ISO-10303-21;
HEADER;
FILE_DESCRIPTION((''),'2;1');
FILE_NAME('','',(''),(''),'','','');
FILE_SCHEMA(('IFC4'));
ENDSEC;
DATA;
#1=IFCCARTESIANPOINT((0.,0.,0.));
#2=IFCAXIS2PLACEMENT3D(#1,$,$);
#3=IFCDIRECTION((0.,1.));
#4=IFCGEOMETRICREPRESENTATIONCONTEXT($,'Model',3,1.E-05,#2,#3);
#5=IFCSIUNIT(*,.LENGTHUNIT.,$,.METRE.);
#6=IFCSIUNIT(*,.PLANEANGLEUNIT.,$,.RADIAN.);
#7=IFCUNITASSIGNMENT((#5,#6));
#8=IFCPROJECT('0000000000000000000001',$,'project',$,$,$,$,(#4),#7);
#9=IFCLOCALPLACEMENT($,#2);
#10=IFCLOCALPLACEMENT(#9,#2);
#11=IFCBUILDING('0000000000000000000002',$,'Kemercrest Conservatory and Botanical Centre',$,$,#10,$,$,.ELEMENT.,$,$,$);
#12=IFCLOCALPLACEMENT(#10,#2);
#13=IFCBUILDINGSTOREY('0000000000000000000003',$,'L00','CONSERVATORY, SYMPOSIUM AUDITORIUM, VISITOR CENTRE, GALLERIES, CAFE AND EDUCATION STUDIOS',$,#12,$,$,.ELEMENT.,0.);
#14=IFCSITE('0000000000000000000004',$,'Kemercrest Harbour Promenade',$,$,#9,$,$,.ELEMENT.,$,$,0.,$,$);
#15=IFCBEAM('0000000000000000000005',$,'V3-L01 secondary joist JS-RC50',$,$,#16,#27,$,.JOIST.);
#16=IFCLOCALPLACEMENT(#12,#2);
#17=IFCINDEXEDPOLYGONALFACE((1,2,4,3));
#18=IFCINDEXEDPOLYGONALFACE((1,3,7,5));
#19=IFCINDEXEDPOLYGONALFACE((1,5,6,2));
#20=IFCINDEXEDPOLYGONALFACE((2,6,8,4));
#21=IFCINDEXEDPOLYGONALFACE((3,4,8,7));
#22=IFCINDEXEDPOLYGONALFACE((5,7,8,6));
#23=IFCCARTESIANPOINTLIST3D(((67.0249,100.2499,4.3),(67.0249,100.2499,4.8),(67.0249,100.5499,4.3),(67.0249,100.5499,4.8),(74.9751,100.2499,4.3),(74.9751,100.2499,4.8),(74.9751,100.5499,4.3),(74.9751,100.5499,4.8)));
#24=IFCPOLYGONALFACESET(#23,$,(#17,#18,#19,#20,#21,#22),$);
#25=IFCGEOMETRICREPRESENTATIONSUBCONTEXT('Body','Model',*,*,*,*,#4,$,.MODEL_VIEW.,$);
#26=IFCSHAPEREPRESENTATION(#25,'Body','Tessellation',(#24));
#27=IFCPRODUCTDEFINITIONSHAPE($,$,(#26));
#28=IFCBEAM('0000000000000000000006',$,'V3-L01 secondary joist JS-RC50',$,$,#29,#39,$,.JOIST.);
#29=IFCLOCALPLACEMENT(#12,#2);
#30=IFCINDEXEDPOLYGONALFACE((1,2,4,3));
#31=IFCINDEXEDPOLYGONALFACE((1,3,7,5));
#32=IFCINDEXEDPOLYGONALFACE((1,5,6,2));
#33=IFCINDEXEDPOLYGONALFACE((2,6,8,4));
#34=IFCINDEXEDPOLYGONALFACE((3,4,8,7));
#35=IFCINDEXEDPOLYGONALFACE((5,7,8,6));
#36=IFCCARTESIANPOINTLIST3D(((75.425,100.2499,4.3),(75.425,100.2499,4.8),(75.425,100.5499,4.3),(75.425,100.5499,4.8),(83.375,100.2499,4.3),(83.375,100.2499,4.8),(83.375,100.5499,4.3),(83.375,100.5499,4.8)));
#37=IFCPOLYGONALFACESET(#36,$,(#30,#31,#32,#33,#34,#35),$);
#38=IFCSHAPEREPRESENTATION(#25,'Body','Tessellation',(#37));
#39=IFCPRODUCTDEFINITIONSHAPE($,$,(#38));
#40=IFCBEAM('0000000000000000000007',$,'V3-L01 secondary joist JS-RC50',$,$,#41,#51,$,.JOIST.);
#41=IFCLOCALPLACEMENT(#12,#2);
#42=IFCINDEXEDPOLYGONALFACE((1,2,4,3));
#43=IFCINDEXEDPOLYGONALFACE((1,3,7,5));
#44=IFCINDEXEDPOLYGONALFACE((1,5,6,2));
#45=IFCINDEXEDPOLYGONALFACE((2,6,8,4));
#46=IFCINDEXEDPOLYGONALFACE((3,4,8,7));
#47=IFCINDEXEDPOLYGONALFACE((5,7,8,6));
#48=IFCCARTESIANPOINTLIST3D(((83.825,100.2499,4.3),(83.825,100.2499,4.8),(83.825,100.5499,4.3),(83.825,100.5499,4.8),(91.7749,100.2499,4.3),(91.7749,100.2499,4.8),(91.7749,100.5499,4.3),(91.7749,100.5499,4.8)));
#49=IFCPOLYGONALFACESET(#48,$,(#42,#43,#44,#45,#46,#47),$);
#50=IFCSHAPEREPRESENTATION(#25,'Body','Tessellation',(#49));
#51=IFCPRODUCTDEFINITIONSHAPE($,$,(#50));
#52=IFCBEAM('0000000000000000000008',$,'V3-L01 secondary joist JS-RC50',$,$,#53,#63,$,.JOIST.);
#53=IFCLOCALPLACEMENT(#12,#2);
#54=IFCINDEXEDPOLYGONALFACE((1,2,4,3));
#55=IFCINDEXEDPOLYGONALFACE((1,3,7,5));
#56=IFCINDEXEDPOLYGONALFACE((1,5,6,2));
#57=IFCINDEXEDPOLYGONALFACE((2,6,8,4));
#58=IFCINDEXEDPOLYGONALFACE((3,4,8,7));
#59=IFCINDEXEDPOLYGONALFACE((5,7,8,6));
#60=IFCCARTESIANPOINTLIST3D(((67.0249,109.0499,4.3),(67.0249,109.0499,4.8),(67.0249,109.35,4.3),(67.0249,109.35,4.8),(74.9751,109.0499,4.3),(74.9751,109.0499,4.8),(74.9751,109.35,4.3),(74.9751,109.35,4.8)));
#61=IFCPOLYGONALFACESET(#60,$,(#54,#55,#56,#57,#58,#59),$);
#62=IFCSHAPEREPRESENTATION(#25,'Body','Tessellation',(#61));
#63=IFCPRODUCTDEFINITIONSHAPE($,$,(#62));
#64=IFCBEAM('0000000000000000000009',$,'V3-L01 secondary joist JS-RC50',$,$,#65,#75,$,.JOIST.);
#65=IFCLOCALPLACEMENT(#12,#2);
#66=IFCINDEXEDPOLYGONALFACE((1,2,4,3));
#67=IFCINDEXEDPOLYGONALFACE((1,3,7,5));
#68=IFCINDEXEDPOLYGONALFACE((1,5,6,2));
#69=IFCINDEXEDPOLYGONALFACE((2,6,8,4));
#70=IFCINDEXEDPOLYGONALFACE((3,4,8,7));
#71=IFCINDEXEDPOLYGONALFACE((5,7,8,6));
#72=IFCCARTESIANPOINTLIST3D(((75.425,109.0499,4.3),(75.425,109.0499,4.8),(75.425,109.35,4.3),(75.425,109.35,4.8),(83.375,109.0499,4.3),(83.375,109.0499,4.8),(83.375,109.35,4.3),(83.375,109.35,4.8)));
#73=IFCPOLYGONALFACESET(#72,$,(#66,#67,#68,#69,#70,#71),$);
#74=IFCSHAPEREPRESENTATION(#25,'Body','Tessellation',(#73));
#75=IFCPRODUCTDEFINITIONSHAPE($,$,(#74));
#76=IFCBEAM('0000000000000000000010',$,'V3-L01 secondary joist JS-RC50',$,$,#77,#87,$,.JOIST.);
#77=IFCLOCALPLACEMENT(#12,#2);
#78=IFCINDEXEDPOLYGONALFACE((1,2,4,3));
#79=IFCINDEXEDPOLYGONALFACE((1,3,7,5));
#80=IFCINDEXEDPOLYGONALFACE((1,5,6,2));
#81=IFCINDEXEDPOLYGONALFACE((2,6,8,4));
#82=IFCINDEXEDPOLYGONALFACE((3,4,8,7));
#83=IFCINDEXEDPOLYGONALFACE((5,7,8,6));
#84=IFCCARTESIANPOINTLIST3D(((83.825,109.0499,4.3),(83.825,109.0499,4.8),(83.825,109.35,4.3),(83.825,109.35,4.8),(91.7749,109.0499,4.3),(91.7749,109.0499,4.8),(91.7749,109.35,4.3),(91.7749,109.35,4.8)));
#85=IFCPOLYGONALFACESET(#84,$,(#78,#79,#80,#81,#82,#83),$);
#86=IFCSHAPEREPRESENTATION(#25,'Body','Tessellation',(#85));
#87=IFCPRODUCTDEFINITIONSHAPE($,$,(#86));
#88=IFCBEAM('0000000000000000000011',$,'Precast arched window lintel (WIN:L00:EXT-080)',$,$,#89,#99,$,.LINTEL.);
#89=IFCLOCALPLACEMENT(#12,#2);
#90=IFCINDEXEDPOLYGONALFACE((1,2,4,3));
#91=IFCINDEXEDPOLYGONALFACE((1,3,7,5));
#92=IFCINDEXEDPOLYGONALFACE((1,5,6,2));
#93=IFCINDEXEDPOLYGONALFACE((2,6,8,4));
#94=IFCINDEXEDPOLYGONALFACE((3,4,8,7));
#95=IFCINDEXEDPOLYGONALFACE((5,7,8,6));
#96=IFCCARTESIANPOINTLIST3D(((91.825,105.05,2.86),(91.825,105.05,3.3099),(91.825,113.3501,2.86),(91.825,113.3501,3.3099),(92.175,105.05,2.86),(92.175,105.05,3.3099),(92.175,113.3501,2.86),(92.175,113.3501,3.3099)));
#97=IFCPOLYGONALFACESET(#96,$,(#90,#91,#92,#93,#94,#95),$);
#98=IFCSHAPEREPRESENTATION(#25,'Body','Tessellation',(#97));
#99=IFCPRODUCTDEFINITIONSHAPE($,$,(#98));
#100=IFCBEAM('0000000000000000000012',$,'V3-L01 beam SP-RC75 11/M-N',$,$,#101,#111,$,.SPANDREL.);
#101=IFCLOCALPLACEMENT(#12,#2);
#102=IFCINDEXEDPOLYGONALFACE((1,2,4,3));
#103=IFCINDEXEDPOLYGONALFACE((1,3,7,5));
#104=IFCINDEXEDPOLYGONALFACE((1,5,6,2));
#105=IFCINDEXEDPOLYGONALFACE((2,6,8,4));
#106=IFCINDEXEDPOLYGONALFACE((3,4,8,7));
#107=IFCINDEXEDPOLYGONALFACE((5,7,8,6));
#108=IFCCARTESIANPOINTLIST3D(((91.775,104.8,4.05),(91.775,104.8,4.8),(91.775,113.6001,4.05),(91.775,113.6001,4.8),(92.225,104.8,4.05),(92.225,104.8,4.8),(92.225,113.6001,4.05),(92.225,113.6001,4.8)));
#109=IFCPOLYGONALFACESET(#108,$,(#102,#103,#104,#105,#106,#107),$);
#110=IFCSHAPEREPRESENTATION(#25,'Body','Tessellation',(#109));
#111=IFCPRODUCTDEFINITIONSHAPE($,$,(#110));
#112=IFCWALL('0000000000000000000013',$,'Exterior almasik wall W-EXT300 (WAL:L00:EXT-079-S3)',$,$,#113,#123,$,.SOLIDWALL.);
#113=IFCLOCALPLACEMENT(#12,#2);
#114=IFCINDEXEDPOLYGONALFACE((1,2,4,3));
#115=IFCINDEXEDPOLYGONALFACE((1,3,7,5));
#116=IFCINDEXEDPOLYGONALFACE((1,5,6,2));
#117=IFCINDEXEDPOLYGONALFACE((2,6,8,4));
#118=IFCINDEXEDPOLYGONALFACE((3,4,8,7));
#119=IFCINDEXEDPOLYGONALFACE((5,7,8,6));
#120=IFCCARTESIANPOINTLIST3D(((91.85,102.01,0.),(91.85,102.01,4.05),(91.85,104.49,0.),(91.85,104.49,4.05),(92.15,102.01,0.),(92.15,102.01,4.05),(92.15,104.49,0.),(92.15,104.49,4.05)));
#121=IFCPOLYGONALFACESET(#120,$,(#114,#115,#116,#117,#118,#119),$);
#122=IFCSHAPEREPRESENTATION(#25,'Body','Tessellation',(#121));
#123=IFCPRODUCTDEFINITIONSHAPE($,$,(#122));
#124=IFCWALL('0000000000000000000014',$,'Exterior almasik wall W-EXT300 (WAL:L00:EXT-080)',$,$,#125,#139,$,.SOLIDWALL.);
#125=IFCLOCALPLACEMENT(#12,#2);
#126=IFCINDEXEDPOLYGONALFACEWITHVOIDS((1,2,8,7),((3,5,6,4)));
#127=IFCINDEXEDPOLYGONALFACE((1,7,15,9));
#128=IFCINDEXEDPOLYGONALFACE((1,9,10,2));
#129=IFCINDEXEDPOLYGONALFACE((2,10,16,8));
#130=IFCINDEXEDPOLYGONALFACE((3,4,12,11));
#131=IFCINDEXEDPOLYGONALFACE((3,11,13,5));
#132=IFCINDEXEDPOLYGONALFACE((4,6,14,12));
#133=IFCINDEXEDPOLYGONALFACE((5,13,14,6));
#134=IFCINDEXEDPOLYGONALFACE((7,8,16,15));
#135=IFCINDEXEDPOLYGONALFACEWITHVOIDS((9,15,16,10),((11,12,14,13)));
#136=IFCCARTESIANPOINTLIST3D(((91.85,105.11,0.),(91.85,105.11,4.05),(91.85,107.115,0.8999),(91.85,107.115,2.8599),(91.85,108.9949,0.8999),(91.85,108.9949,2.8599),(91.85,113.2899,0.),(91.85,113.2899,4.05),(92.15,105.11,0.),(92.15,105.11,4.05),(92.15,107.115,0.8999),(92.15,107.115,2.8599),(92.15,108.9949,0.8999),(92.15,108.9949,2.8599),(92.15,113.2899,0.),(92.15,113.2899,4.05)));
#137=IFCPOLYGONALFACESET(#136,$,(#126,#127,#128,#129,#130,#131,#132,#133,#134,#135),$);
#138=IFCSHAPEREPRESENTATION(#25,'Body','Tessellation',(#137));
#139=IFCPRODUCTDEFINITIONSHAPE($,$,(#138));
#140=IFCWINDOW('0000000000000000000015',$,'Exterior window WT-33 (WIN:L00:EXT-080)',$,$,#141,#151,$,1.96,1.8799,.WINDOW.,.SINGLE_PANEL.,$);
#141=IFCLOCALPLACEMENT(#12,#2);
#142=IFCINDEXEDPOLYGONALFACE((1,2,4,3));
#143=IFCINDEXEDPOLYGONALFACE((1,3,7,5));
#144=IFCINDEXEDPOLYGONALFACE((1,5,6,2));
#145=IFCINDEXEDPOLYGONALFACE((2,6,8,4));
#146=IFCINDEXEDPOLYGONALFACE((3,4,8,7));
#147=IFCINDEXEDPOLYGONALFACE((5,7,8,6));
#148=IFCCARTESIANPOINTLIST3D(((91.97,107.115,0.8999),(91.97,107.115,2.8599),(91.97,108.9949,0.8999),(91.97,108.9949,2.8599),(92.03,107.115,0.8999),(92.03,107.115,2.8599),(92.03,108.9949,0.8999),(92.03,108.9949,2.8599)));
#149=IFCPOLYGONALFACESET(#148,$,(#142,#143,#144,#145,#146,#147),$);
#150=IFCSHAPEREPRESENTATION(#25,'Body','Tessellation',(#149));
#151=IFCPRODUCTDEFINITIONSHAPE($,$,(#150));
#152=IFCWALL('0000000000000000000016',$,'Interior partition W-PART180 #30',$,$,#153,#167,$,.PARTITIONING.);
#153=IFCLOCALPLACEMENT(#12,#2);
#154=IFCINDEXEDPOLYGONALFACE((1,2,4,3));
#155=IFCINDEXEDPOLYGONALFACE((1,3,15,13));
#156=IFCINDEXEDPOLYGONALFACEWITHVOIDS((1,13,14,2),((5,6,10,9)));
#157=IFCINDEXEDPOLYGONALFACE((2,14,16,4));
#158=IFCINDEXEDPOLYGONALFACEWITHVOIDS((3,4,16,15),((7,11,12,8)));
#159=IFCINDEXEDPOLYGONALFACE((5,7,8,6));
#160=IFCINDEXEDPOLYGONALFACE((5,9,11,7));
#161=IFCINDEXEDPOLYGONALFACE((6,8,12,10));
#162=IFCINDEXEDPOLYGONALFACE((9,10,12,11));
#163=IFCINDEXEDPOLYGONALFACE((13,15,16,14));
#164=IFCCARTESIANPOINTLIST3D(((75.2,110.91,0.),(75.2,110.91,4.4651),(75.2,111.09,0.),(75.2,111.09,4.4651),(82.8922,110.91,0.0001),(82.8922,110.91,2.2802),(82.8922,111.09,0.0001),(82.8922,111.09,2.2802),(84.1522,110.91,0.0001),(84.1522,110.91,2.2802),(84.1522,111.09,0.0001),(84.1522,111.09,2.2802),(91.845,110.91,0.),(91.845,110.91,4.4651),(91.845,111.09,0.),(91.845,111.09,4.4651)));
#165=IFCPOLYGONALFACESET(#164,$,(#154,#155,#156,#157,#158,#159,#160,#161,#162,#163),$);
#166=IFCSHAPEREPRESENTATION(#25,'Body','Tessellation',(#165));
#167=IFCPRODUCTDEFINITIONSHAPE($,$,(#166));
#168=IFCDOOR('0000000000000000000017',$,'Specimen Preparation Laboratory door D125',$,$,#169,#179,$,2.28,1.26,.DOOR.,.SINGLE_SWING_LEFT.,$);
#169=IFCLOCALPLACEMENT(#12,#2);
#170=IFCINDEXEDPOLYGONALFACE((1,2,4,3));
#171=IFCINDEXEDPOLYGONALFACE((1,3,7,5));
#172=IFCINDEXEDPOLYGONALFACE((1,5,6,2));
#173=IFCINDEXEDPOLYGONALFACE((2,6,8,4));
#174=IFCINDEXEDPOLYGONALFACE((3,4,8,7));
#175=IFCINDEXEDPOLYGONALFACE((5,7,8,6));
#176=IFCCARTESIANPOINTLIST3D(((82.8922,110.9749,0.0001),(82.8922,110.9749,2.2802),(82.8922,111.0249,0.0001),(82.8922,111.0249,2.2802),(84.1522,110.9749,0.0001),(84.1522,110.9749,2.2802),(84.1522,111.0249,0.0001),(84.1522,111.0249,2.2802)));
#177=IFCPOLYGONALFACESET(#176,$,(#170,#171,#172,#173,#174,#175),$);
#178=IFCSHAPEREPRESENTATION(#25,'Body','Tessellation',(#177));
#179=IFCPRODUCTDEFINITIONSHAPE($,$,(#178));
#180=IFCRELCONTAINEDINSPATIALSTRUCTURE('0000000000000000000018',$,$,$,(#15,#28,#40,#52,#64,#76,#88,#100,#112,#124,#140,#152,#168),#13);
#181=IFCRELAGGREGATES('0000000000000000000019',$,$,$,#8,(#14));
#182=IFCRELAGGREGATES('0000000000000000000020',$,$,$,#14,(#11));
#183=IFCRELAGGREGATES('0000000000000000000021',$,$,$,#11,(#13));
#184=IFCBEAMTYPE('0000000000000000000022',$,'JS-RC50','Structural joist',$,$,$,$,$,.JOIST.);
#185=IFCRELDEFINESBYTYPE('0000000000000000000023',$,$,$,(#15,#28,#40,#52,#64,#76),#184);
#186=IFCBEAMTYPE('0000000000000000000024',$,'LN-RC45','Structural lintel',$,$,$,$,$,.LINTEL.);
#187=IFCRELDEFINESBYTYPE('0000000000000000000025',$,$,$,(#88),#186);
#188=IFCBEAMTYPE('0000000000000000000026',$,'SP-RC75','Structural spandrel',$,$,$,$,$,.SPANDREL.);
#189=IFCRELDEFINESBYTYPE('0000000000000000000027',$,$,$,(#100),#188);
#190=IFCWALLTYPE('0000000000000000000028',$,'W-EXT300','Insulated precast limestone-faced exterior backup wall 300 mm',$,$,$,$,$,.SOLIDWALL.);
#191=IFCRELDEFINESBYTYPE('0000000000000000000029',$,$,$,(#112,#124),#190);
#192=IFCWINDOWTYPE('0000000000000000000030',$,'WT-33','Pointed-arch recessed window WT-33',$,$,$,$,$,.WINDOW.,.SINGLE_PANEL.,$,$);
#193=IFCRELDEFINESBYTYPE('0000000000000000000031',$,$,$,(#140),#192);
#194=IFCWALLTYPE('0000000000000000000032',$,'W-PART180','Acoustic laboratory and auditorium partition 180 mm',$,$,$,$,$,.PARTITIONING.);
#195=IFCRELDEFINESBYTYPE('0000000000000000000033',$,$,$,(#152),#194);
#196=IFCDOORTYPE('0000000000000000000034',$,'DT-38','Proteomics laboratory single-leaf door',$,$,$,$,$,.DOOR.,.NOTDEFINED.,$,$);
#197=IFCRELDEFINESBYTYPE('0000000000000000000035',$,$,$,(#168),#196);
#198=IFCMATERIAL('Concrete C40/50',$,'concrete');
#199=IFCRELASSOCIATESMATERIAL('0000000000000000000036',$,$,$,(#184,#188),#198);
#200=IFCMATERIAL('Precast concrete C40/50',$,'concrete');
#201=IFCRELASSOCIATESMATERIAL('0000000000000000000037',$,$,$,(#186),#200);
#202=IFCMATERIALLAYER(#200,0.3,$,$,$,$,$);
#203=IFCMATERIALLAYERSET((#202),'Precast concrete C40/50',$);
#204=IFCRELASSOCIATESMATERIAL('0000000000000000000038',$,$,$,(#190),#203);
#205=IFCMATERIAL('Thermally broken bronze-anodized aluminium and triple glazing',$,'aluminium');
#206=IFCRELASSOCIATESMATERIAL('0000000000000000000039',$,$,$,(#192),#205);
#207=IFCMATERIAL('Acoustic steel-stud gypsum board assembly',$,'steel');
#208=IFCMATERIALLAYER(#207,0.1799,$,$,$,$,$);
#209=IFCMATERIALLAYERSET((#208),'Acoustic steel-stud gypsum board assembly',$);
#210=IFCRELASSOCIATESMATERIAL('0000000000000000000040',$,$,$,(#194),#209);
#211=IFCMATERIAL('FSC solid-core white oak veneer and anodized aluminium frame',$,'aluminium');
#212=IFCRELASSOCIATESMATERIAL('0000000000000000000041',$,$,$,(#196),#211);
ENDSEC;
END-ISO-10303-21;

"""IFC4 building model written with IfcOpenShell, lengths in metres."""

from ifc_helpers import new_model, si_unit, direction, frame, frame_2d, origin, origin_2d, place, context, subcontext, project, spatial, rectangle, extrude, material, layer, layer_set, material_profile, profile_set, type_object, element, fill, save


model = new_model("IFC4")

# Units and contexts
model_context = context("Model", 3, precision=1e-05, world=origin(), true_north=direction((0.0, 1.0)))
body_context = subcontext(model_context, "Body", "Model", "MODEL_VIEW")
ifc_project = project(units=[si_unit("LENGTHUNIT", "METRE"), si_unit("PLANEANGLEUNIT", "RADIAN")], contexts=[model_context])

# Site, building, storey
site_placement = place(None, origin())
site = spatial("IfcSite", under=ifc_project, at=site_placement, Name="Kemercrest Harbour Promenade", CompositionType="ELEMENT", RefElevation=0.0)
building_placement = place(site_placement, origin())
building = spatial("IfcBuilding", under=site, at=building_placement, Name="Kemercrest Conservatory and Botanical Centre", CompositionType="ELEMENT")
storey_placement = place(building_placement, origin())
storey = spatial("IfcBuildingStorey", under=building, at=storey_placement, Name="L00", Description="CONSERVATORY, SYMPOSIUM AUDITORIUM, VISITOR CENTRE, GALLERIES, CAFE AND EDUCATION STUDIOS", CompositionType="ELEMENT", Elevation=0.0)

# Shared definitions
ifc_material_1 = material(Name="Concrete C40/50", Category="concrete")

# Beams
ifc_material_profile_1 = material_profile(ifc_material_1, rectangle(XDim=0.3, YDim=0.5, at=origin_2d()), Name="RC 300x500")
ifc_profile_set_1 = profile_set([ifc_material_profile_1], Name="Concrete C40/50")
beam_type_1 = type_object("IfcBeamType", Name="JS-RC50", Description="Structural joist", PredefinedType="JOIST", material=ifc_profile_set_1)
beam_1_placement = place(storey_placement, frame((67.0249, 100.3999, 4.55), z_axis=(1.0, 0.0, 0.0), x_axis=(0.0, 1.0, 0.0)))
element("IfcBeam", 1, at=beam_1_placement, inside=storey, type_object=beam_type_1, Name="V3-L01 secondary joist JS-RC50", PredefinedType="JOIST", context=body_context, shape_type="SweptSolid", body=[
    extrude(rectangle(XDim=0.3, YDim=0.5, at=origin_2d()), origin(), (0.0, 0.0, 1.0), 7.9502),
])
for number, where, z_axis, x_axis, name in (
    (2, (75.425, 100.3999, 4.55), (1.0, 0.0, 0.0), (0.0, 1.0, 0.0), "V3-L01 secondary joist JS-RC50"),
    (3, (83.825, 100.3999, 4.55), (1.0, 0.0, 0.0), (0.0, 1.0, 0.0), "V3-L01 secondary joist JS-RC50"),
):
    element("IfcBeam", number, at=place(storey_placement, frame(where, z_axis=z_axis, x_axis=x_axis)), inside=storey, type_object=beam_type_1, Name=name, PredefinedType="JOIST", context=body_context, shape_type="SweptSolid", body=[
        extrude(rectangle(XDim=0.3, YDim=0.5, at=origin_2d()), origin(), (0.0, 0.0, 1.0), 7.95),
    ])
beam_2_placement = place(storey_placement, frame((67.0249, 109.2, 4.55), z_axis=(1.0, 0.0, 0.0), x_axis=(0.0, 1.0, 0.0)))
element("IfcBeam", 4, at=beam_2_placement, inside=storey, type_object=beam_type_1, Name="V3-L01 secondary joist JS-RC50", PredefinedType="JOIST", context=body_context, shape_type="SweptSolid", body=[
    extrude(rectangle(XDim=0.3, YDim=0.5, at=origin_2d()), origin(), (0.0, 0.0, 1.0), 7.9502),
])
for number, where, z_axis, x_axis, name in (
    (5, (75.425, 109.2, 4.55), (1.0, 0.0, 0.0), (0.0, 1.0, 0.0), "V3-L01 secondary joist JS-RC50"),
    (6, (83.825, 109.2, 4.55), (1.0, 0.0, 0.0), (0.0, 1.0, 0.0), "V3-L01 secondary joist JS-RC50"),
):
    element("IfcBeam", number, at=place(storey_placement, frame(where, z_axis=z_axis, x_axis=x_axis)), inside=storey, type_object=beam_type_1, Name=name, PredefinedType="JOIST", context=body_context, shape_type="SweptSolid", body=[
        extrude(rectangle(XDim=0.3, YDim=0.5, at=origin_2d()), origin(), (0.0, 0.0, 1.0), 7.95),
    ])
ifc_material_2 = material(Name="Precast concrete C40/50", Category="concrete")
ifc_material_profile_2 = material_profile(ifc_material_2, rectangle(XDim=0.3501, YDim=0.45, at=origin_2d()), Name="RC 350x450")
ifc_profile_set_2 = profile_set([ifc_material_profile_2], Name="Precast concrete C40/50")
beam_type_2 = type_object("IfcBeamType", Name="LN-RC45", Description="Structural lintel", PredefinedType="LINTEL", material=ifc_profile_set_2)
beam_3_placement = place(storey_placement, frame((92.0, 105.05, 3.085), z_axis=(0.0, 1.0, 0.0), x_axis=(-1.0, 0.0, 0.0)))
element("IfcBeam", 7, at=beam_3_placement, inside=storey, type_object=beam_type_2, Name="Precast arched window lintel (WIN:L00:EXT-080)", PredefinedType="LINTEL", context=body_context, shape_type="SweptSolid", body=[
    extrude(rectangle(XDim=0.3501, YDim=0.45, at=origin_2d()), origin(), (0.0, 0.0, 1.0), 8.3),
])
ifc_material_profile_3 = material_profile(ifc_material_1, rectangle(XDim=0.45, YDim=0.75, at=origin_2d()), Name="RC 450x750")
ifc_profile_set_3 = profile_set([ifc_material_profile_3], Name="Concrete C40/50")
beam_type_3 = type_object("IfcBeamType", Name="SP-RC75", Description="Structural spandrel", PredefinedType="SPANDREL", material=ifc_profile_set_3)
beam_4_placement = place(storey_placement, frame((92.0, 104.8, 4.425), z_axis=(0.0, 1.0, 0.0), x_axis=(-1.0, 0.0, 0.0)))
element("IfcBeam", 8, at=beam_4_placement, inside=storey, type_object=beam_type_3, Name="V3-L01 beam SP-RC75 11/M-N", PredefinedType="SPANDREL", context=body_context, shape_type="SweptSolid", body=[
    extrude(rectangle(XDim=0.45, YDim=0.75, at=origin_2d()), origin(), (0.0, 0.0, 1.0), 8.8),
])

# Wall
ifc_layer_1 = layer(ifc_material_2, 0.3)
ifc_layer_set_1 = layer_set([ifc_layer_1], Name="Precast concrete C40/50")
wall_type_1 = type_object("IfcWallType", Name="W-EXT300", Description="Insulated precast limestone-faced exterior backup wall 300 mm", PredefinedType="SOLIDWALL", material=ifc_layer_set_1)
wall_1_placement = place(storey_placement, frame((92.0, 102.01, 0.0), z_axis=(0.0, 0.0, 1.0), x_axis=(0.0, 1.0, 0.0)))
element("IfcWall", 9, at=wall_1_placement, inside=storey, type_object=wall_type_1, Name="Exterior almasik wall W-EXT300 (WAL:L00:EXT-079-S3)", PredefinedType="SOLIDWALL", context=body_context, shape_type="SweptSolid", body=[
    extrude(rectangle(XDim=2.48, YDim=0.3, at=frame_2d((1.24, 0.0))), origin(), (0.0, 0.0, 1.0), 4.05),
])

# Wall, opening, window
wall_2_placement = place(storey_placement, frame((92.0, 105.1101, 0.0), z_axis=(0.0, 0.0, 1.0), x_axis=(0.0, 1.0, 0.0)))
wall_2 = element("IfcWall", 10, at=wall_2_placement, inside=storey, type_object=wall_type_1, Name="Exterior almasik wall W-EXT300 (WAL:L00:EXT-080)", PredefinedType="SOLIDWALL", context=body_context, shape_type="SweptSolid", body=[
    extrude(rectangle(XDim=8.1799, YDim=0.3, at=frame_2d((4.0898, 0.0))), origin(), (0.0, 0.0, 1.0), 4.05),
])
opening_1_placement = place(wall_2_placement, frame((2.0049, 0.0, 0.8999)))
opening_1 = element("IfcOpeningElement", 11, at=opening_1_placement, cuts=wall_2, PredefinedType="OPENING", context=body_context, shape_type="SweptSolid", body=[
    extrude(rectangle(XDim=1.8799, YDim=1.96, at=frame_2d((0.9399, 0.98))), frame((0.0, 0.1602, 0.0), z_axis=(0.0, -1.0, 0.0), x_axis=(1.0, 0.0, 0.0)), (0.0, 0.0, 1.0), 0.3201),
])
ifc_material_3 = material(Name="Thermally broken bronze-anodized aluminium and triple glazing", Category="aluminium")
window_type = type_object("IfcWindowType", Name="WT-33", Description="Pointed-arch recessed window WT-33", PartitioningType="SINGLE_PANEL", PredefinedType="WINDOW", material=ifc_material_3)
window_placement = place(opening_1_placement, origin())
window = element("IfcWindow", 12, at=window_placement, inside=storey, type_object=window_type, Name="Exterior window WT-33 (WIN:L00:EXT-080)", OverallHeight=1.96, OverallWidth=1.8799, PartitioningType="SINGLE_PANEL", PredefinedType="WINDOW", context=body_context, shape_type="SweptSolid", body=[
    extrude(rectangle(XDim=1.8799, YDim=1.96, at=frame_2d((0.9399, 0.98))), frame((0.0, 0.03, 0.0), z_axis=(0.0, -1.0, 0.0), x_axis=(1.0, 0.0, 0.0)), (0.0, 0.0, 1.0), 0.0601),
])
fill(opening_1, window)

# Wall, opening, door
ifc_material_4 = material(Name="Acoustic steel-stud gypsum board assembly", Category="steel")
ifc_layer_2 = layer(ifc_material_4, 0.1799)
ifc_layer_set_2 = layer_set([ifc_layer_2], Name="Acoustic steel-stud gypsum board assembly")
wall_type_2 = type_object("IfcWallType", Name="W-PART180", Description="Acoustic laboratory and auditorium partition 180 mm", PredefinedType="PARTITIONING", material=ifc_layer_set_2)
wall_3_placement = place(storey_placement, frame((75.2, 111.0, 0.0), z_axis=(0.0, 0.0, 1.0), x_axis=(1.0, 0.0, 0.0)))
wall_3 = element("IfcWall", 13, at=wall_3_placement, inside=storey, type_object=wall_type_2, Name="Interior partition W-PART180 #30", PredefinedType="PARTITIONING", context=body_context, shape_type="SweptSolid", body=[
    extrude(rectangle(XDim=16.645, YDim=0.1799, at=frame_2d((8.3225, 0.0))), origin(), (0.0, 0.0, 1.0), 4.4651),
])
opening_2_placement = place(wall_3_placement, frame((7.6924, 0.0, 0.0)))
opening_2 = element("IfcOpeningElement", 14, at=opening_2_placement, cuts=wall_3, PredefinedType="OPENING", context=body_context, shape_type="SweptSolid", body=[
    extrude(rectangle(XDim=1.26, YDim=2.28, at=frame_2d((0.6299, 1.1401))), frame((0.0, 0.1001, 0.0), z_axis=(0.0, -1.0, 0.0), x_axis=(1.0, 0.0, 0.0)), (0.0, 0.0, 1.0), 0.2),
])
ifc_material_5 = material(Name="FSC solid-core white oak veneer and anodized aluminium frame", Category="aluminium")
door_type = type_object("IfcDoorType", Name="DT-38", Description="Proteomics laboratory single-leaf door", OperationType="NOTDEFINED", PredefinedType="DOOR", material=ifc_material_5)
door_placement = place(opening_2_placement, origin())
door = element("IfcDoor", 15, at=door_placement, inside=storey, type_object=door_type, Name="Specimen Preparation Laboratory door D125", OperationType="SINGLE_SWING_LEFT", OverallHeight=2.28, OverallWidth=1.26, PredefinedType="DOOR", context=body_context, shape_type="SweptSolid", body=[
    extrude(rectangle(XDim=1.26, YDim=2.28, at=frame_2d((0.6299, 1.1401))), frame((0.0, 0.0249, 0.0), z_axis=(0.0, -1.0, 0.0), x_axis=(1.0, 0.0, 0.0)), (0.0, 0.0, 1.0), 0.05),
])
fill(opening_2, door)

save(model, "model.ifc")
